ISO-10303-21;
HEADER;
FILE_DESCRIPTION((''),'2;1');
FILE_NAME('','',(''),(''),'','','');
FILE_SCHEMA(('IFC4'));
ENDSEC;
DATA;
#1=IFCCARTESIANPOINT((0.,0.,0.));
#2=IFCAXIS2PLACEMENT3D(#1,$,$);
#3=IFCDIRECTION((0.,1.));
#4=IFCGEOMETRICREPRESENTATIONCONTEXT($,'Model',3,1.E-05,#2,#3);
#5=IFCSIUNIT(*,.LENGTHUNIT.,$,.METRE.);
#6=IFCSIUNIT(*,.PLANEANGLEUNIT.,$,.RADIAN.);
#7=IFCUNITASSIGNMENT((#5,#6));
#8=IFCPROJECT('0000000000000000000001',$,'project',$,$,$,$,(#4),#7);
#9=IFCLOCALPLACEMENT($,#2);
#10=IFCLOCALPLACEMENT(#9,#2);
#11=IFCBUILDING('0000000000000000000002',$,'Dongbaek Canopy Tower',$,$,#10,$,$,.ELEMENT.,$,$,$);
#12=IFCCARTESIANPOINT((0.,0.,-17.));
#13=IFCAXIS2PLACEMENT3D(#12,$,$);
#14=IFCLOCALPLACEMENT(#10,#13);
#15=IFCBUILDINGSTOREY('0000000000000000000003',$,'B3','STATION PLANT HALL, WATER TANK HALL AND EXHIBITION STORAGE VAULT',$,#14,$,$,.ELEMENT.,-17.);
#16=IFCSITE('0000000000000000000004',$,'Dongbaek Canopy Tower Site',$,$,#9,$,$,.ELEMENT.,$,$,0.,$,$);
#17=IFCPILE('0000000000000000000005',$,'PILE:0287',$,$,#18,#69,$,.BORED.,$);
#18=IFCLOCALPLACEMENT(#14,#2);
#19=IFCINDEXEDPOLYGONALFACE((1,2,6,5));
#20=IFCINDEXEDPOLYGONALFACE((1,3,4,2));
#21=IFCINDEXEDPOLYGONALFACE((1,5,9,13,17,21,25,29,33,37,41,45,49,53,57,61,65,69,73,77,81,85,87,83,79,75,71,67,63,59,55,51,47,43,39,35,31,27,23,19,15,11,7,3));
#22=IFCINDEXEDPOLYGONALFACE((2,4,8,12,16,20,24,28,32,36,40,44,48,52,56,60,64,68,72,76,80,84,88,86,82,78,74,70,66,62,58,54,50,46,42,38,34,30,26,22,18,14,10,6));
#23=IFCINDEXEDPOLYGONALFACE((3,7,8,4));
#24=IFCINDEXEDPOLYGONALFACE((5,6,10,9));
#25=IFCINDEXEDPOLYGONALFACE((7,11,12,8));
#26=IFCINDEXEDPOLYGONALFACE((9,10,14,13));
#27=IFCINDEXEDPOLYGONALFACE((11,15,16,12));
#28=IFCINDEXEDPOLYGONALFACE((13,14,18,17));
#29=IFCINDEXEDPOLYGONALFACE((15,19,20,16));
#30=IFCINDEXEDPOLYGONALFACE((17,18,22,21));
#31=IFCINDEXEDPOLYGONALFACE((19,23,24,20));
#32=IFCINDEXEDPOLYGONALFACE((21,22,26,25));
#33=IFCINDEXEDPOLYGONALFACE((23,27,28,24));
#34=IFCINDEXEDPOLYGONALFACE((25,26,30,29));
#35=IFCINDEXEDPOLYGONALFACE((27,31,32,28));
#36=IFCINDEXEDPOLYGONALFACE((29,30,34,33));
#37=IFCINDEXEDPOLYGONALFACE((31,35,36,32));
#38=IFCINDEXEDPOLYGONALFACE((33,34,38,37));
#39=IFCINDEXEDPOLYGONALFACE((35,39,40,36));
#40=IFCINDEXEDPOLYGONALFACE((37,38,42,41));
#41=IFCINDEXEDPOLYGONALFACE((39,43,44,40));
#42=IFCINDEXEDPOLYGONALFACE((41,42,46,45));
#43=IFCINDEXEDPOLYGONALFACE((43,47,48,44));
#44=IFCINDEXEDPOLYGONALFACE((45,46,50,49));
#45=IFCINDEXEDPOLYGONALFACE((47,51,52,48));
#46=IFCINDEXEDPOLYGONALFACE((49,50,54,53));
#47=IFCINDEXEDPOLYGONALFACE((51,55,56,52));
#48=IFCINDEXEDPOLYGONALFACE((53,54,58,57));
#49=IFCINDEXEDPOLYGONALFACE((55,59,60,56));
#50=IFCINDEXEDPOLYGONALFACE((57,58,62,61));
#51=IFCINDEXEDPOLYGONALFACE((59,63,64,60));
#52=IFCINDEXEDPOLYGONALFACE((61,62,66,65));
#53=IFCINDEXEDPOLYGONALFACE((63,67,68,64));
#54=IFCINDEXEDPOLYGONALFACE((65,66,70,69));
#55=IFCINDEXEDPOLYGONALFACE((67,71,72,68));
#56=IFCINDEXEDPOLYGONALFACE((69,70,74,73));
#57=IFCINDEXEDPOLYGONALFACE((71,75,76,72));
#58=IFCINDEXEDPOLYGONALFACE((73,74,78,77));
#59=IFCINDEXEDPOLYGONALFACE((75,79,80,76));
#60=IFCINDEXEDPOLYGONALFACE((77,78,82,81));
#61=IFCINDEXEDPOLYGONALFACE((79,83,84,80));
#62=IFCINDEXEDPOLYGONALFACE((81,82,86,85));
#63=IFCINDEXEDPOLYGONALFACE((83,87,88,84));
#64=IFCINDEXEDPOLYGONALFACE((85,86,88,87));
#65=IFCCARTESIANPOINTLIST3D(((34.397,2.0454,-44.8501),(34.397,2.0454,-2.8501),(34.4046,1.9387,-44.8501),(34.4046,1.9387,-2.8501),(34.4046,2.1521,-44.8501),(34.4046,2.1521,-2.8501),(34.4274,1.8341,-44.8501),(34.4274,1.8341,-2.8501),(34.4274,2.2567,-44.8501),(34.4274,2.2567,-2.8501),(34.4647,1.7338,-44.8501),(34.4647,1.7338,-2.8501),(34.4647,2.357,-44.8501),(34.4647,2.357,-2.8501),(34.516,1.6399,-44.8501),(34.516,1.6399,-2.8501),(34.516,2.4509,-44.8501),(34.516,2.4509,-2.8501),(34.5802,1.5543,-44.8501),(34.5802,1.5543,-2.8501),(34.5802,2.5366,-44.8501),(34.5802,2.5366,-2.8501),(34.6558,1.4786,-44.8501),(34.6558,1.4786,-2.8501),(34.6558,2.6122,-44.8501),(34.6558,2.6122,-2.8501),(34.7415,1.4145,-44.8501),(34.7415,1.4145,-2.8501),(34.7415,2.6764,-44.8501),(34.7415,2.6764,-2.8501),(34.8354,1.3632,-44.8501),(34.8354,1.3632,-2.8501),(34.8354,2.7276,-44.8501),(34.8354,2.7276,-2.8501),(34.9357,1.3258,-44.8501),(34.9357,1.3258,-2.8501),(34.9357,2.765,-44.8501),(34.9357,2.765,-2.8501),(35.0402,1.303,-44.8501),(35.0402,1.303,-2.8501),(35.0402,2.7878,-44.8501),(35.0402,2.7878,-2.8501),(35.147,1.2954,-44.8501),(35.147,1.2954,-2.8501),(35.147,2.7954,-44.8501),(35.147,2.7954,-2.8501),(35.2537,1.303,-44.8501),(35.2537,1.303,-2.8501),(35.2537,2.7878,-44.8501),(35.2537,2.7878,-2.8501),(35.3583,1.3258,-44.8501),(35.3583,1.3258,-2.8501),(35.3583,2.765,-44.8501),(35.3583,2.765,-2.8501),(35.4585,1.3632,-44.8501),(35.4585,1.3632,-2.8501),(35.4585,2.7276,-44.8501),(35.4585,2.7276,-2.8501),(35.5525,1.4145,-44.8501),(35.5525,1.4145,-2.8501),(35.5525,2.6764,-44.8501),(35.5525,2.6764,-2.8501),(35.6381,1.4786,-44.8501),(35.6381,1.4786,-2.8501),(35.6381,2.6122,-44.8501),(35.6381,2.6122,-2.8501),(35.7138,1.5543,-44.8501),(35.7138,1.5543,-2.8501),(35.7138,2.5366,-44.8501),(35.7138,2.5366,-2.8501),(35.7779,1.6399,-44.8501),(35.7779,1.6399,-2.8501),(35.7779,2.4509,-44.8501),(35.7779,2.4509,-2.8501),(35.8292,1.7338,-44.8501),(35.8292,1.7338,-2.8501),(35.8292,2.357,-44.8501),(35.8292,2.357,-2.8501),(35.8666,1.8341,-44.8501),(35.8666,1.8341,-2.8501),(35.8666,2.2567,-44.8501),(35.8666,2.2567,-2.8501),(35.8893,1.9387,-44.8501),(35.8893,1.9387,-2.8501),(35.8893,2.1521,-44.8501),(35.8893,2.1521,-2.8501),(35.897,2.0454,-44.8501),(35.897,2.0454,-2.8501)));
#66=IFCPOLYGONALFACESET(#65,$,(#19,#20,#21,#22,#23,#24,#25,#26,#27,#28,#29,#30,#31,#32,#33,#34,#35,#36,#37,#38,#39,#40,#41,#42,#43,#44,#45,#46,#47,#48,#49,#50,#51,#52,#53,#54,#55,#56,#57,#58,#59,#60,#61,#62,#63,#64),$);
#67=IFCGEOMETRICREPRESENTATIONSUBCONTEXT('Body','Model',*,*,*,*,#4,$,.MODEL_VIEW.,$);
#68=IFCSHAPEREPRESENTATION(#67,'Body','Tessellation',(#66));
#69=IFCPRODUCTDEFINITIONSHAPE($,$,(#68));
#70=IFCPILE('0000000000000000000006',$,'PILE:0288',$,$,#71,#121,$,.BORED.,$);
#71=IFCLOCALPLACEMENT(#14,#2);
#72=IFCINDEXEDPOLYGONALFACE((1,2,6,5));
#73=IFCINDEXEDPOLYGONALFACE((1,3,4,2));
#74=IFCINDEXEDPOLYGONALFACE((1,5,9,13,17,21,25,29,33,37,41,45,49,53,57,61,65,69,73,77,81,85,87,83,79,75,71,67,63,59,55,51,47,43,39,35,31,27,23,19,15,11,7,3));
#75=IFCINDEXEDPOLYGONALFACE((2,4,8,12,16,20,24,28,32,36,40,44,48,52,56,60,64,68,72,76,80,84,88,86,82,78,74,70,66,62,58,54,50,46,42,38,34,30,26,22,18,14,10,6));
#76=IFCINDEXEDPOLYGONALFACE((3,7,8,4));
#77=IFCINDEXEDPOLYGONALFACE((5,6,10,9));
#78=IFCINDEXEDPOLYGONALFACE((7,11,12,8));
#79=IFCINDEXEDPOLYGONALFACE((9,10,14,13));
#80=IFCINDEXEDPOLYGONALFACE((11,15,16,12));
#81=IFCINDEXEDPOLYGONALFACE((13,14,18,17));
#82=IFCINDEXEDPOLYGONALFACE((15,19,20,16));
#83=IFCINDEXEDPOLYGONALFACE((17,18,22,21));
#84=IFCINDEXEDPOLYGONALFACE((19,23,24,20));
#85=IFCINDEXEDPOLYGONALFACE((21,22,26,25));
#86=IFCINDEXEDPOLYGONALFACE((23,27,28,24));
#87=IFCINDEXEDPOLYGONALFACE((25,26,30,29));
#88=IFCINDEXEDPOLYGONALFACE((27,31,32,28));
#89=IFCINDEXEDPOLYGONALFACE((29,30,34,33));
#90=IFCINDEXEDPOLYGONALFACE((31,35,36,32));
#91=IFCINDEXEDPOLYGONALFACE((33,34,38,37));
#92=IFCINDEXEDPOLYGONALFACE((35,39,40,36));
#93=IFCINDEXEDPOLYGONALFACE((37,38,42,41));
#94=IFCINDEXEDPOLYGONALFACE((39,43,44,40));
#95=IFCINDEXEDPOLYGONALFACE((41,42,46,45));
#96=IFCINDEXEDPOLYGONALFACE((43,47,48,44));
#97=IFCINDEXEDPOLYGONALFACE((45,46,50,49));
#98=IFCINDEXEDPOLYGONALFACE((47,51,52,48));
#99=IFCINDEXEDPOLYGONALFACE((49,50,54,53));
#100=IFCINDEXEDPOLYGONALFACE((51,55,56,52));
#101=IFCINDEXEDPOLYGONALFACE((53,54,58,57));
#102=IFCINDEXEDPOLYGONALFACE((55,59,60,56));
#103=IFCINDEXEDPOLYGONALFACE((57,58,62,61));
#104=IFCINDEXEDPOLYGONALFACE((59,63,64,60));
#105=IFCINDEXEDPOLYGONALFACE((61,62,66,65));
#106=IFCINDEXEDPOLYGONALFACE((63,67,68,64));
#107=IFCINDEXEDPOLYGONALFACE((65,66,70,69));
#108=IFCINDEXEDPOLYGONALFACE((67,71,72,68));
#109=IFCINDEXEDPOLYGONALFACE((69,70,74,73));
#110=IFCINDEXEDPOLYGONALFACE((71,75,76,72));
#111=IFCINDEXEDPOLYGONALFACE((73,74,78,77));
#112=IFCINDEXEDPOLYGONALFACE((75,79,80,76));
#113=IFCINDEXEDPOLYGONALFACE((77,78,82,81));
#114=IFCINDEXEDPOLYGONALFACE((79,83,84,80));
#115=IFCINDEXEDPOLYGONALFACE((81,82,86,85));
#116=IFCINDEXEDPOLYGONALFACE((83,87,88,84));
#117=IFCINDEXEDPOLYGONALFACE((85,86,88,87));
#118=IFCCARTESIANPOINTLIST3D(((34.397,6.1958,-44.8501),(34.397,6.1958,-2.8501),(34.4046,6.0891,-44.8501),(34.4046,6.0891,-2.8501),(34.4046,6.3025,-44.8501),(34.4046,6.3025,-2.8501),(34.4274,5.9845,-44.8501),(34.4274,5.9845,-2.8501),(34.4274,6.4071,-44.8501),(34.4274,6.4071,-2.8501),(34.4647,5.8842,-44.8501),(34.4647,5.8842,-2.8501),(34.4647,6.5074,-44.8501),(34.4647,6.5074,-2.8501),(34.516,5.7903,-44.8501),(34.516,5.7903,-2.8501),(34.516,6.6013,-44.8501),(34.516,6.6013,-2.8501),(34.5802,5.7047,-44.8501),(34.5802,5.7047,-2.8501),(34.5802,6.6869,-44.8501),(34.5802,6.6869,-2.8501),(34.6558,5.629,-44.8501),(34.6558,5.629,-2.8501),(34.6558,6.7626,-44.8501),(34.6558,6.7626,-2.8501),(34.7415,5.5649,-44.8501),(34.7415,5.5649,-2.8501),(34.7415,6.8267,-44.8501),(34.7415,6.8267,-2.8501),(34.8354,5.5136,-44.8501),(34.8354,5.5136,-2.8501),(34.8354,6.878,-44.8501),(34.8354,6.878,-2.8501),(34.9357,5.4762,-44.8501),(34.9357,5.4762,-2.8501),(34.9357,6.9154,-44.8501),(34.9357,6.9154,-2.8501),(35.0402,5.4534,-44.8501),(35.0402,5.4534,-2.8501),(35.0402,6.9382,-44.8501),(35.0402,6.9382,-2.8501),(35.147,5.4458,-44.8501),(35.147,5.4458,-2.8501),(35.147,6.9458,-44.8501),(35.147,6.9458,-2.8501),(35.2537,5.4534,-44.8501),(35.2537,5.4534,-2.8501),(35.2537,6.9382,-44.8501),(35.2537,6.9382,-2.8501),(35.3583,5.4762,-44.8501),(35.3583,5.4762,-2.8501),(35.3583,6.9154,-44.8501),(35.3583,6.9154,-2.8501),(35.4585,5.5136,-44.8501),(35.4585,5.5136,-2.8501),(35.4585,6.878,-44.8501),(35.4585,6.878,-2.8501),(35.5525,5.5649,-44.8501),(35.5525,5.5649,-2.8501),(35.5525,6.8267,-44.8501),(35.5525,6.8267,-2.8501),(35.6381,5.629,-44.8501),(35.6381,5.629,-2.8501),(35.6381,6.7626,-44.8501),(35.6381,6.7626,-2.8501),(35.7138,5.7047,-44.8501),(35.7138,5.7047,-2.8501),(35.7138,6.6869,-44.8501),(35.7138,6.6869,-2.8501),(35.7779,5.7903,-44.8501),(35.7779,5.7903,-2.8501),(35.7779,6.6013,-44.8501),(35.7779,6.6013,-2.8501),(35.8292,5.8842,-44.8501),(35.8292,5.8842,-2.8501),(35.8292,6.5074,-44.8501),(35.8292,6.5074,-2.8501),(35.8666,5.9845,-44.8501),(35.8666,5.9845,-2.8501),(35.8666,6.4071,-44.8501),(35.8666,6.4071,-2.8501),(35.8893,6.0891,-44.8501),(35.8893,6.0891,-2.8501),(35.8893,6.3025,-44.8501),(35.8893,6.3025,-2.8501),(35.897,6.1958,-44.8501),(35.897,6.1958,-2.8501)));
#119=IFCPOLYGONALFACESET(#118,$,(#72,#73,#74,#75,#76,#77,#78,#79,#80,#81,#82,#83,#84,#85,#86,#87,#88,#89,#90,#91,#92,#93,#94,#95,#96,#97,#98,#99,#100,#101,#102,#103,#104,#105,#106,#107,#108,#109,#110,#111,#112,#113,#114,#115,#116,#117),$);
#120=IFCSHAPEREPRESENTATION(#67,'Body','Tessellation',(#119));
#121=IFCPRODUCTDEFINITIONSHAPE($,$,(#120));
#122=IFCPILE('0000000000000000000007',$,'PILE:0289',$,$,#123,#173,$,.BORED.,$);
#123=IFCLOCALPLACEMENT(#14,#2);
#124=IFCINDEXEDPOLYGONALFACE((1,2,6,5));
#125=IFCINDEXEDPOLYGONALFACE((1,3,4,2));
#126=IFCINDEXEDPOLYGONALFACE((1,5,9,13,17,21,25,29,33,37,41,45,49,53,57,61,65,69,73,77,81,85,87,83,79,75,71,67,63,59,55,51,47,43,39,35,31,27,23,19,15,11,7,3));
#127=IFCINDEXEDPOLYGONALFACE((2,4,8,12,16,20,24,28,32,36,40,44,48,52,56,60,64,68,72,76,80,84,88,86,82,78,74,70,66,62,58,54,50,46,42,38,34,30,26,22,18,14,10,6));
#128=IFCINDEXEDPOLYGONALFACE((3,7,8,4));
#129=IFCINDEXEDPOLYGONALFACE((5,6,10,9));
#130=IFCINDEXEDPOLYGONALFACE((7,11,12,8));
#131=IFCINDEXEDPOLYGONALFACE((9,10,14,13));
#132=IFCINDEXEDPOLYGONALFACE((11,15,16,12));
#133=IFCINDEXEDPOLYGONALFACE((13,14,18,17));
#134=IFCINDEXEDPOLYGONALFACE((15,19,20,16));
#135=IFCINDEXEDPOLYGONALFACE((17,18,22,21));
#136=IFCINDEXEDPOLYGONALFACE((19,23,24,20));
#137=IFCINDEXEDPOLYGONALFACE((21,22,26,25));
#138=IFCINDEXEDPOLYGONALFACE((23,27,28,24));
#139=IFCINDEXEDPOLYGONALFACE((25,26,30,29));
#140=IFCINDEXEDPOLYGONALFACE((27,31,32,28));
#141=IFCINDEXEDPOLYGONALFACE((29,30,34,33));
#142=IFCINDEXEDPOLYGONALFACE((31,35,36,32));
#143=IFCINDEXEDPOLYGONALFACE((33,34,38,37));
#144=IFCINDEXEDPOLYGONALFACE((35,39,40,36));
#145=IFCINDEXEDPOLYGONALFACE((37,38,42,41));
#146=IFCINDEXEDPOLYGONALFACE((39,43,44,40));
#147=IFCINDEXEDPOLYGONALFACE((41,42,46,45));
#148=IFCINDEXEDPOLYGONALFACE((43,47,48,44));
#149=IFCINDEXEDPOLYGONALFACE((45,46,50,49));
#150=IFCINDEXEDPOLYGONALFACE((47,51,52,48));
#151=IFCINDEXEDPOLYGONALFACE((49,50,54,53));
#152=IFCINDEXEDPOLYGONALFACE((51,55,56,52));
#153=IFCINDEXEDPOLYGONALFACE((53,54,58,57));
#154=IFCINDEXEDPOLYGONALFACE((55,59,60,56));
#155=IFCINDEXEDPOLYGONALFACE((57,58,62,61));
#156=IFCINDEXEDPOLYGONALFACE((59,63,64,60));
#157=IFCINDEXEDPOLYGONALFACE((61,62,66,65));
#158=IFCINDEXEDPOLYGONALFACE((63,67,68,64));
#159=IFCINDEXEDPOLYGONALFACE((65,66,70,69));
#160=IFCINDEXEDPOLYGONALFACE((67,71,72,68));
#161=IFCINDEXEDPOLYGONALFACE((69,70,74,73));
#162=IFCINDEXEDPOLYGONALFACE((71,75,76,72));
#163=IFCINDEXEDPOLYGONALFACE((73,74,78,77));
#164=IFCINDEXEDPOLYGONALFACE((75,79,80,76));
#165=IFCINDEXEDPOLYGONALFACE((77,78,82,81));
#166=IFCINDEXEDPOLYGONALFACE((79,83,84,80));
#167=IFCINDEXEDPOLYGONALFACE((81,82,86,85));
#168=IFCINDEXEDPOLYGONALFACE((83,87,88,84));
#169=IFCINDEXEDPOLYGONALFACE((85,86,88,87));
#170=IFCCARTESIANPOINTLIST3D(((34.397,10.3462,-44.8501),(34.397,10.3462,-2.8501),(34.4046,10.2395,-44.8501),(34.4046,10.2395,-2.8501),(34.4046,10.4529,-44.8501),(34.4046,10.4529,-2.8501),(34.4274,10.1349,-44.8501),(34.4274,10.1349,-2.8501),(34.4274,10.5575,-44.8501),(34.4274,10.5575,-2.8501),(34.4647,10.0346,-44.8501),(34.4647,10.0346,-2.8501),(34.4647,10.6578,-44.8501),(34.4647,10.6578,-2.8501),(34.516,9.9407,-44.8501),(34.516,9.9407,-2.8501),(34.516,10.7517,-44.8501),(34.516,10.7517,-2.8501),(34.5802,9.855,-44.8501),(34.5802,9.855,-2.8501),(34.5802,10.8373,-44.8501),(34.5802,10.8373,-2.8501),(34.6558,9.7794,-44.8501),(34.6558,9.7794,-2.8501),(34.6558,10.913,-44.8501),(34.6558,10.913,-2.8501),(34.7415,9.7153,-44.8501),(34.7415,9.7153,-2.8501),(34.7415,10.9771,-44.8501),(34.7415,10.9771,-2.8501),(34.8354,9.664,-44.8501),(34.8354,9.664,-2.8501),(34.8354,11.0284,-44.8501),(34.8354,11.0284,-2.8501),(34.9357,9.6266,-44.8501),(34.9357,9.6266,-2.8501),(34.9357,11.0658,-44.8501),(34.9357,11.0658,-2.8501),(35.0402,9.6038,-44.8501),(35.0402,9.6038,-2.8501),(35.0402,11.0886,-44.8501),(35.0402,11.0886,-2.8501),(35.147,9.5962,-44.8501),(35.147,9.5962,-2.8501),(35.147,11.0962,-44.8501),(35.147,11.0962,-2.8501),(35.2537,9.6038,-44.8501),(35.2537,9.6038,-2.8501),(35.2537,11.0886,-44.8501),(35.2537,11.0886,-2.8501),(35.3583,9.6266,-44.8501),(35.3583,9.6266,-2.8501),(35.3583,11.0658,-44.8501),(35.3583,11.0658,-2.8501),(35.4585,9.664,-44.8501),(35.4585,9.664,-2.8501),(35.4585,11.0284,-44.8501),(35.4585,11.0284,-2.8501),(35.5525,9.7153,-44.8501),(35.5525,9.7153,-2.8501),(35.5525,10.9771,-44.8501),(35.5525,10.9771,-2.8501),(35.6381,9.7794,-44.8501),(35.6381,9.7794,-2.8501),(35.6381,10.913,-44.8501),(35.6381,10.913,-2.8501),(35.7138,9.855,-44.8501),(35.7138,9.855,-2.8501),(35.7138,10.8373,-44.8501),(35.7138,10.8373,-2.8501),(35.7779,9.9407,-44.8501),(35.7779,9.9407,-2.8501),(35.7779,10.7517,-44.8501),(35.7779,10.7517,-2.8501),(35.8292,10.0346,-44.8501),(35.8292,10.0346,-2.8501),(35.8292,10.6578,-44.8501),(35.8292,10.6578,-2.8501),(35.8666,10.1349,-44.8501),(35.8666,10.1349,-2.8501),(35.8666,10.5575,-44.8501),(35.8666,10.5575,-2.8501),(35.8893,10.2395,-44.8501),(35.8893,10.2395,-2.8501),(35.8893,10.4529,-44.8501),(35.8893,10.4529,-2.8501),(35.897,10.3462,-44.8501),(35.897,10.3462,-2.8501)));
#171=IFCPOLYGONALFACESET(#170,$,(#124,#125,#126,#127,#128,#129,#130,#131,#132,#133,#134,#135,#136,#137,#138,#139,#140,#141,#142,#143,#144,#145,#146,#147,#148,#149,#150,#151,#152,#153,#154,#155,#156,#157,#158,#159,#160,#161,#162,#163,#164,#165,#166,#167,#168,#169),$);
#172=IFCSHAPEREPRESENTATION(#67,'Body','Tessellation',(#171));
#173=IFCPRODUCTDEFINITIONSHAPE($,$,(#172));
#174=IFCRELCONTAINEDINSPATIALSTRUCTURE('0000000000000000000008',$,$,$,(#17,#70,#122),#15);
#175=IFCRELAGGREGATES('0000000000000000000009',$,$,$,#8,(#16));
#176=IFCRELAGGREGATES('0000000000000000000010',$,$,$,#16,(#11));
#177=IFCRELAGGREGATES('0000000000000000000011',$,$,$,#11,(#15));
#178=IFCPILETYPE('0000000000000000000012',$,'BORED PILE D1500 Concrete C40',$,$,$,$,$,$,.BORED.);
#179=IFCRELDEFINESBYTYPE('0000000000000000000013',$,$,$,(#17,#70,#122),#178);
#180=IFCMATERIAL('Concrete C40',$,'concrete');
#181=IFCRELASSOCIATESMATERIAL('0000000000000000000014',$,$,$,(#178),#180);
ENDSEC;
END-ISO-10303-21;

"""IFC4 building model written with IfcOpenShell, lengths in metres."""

from ifc_helpers import new_model, si_unit, direction, frame, origin, origin_2d, place, context, subcontext, project, spatial, circle, extrude, material, material_profile, profile_set, type_object, element, save


model = new_model("IFC4")

# Units and contexts
model_context = context("Model", 3, precision=1e-05, world=origin(), true_north=direction((0.0, 1.0)))
body_context = subcontext(model_context, "Body", "Model", "MODEL_VIEW")
ifc_project = project(units=[si_unit("LENGTHUNIT", "METRE"), si_unit("PLANEANGLEUNIT", "RADIAN")], contexts=[model_context])

# Site, building, storey
site_placement = place(None, origin())
site = spatial("IfcSite", under=ifc_project, at=site_placement, Name="Dongbaek Canopy Tower Site", CompositionType="ELEMENT", RefElevation=0.0)
building_placement = place(site_placement, origin())
building = spatial("IfcBuilding", under=site, at=building_placement, Name="Dongbaek Canopy Tower", CompositionType="ELEMENT")
storey_placement = place(building_placement, frame((0.0, 0.0, -17.0)))
storey = spatial("IfcBuildingStorey", under=building, at=storey_placement, Name="B3", Description="STATION PLANT HALL, WATER TANK HALL AND EXHIBITION STORAGE VAULT", CompositionType="ELEMENT", Elevation=-17.0)

# Piles
ifc_material_1 = material(Name="Concrete C40", Category="concrete")
ifc_material_profile_1 = material_profile(ifc_material_1, circle(Radius=0.75, at=origin_2d()), Name="BORED PILE D1500 Concrete C40")
ifc_profile_set_1 = profile_set([ifc_material_profile_1], Name="Concrete C40")
pile_type = type_object("IfcPileType", Name="BORED PILE D1500 Concrete C40", PredefinedType="BORED", material=ifc_profile_set_1)
for number, where, z_axis, x_axis, name in (
    (1, (35.147, 2.0454, -2.8501), (0.0, 0.0, -1.0), (1.0, 0.0, 0.0), "PILE:0287"),
    (2, (35.147, 6.1958, -2.8501), (0.0, 0.0, -1.0), (1.0, 0.0, 0.0), "PILE:0288"),
    (3, (35.147, 10.3462, -2.8501), (0.0, 0.0, -1.0), (1.0, 0.0, 0.0), "PILE:0289"),
):
    element("IfcPile", number, at=place(storey_placement, frame(where, z_axis=z_axis, x_axis=x_axis)), inside=storey, type_object=pile_type, Name=name, PredefinedType="BORED", context=body_context, shape_type="SweptSolid", body=[
        extrude(circle(Radius=0.75, at=origin_2d()), origin(), (0.0, 0.0, 1.0), 42.0),
    ])

save(model, "model.ifc")
